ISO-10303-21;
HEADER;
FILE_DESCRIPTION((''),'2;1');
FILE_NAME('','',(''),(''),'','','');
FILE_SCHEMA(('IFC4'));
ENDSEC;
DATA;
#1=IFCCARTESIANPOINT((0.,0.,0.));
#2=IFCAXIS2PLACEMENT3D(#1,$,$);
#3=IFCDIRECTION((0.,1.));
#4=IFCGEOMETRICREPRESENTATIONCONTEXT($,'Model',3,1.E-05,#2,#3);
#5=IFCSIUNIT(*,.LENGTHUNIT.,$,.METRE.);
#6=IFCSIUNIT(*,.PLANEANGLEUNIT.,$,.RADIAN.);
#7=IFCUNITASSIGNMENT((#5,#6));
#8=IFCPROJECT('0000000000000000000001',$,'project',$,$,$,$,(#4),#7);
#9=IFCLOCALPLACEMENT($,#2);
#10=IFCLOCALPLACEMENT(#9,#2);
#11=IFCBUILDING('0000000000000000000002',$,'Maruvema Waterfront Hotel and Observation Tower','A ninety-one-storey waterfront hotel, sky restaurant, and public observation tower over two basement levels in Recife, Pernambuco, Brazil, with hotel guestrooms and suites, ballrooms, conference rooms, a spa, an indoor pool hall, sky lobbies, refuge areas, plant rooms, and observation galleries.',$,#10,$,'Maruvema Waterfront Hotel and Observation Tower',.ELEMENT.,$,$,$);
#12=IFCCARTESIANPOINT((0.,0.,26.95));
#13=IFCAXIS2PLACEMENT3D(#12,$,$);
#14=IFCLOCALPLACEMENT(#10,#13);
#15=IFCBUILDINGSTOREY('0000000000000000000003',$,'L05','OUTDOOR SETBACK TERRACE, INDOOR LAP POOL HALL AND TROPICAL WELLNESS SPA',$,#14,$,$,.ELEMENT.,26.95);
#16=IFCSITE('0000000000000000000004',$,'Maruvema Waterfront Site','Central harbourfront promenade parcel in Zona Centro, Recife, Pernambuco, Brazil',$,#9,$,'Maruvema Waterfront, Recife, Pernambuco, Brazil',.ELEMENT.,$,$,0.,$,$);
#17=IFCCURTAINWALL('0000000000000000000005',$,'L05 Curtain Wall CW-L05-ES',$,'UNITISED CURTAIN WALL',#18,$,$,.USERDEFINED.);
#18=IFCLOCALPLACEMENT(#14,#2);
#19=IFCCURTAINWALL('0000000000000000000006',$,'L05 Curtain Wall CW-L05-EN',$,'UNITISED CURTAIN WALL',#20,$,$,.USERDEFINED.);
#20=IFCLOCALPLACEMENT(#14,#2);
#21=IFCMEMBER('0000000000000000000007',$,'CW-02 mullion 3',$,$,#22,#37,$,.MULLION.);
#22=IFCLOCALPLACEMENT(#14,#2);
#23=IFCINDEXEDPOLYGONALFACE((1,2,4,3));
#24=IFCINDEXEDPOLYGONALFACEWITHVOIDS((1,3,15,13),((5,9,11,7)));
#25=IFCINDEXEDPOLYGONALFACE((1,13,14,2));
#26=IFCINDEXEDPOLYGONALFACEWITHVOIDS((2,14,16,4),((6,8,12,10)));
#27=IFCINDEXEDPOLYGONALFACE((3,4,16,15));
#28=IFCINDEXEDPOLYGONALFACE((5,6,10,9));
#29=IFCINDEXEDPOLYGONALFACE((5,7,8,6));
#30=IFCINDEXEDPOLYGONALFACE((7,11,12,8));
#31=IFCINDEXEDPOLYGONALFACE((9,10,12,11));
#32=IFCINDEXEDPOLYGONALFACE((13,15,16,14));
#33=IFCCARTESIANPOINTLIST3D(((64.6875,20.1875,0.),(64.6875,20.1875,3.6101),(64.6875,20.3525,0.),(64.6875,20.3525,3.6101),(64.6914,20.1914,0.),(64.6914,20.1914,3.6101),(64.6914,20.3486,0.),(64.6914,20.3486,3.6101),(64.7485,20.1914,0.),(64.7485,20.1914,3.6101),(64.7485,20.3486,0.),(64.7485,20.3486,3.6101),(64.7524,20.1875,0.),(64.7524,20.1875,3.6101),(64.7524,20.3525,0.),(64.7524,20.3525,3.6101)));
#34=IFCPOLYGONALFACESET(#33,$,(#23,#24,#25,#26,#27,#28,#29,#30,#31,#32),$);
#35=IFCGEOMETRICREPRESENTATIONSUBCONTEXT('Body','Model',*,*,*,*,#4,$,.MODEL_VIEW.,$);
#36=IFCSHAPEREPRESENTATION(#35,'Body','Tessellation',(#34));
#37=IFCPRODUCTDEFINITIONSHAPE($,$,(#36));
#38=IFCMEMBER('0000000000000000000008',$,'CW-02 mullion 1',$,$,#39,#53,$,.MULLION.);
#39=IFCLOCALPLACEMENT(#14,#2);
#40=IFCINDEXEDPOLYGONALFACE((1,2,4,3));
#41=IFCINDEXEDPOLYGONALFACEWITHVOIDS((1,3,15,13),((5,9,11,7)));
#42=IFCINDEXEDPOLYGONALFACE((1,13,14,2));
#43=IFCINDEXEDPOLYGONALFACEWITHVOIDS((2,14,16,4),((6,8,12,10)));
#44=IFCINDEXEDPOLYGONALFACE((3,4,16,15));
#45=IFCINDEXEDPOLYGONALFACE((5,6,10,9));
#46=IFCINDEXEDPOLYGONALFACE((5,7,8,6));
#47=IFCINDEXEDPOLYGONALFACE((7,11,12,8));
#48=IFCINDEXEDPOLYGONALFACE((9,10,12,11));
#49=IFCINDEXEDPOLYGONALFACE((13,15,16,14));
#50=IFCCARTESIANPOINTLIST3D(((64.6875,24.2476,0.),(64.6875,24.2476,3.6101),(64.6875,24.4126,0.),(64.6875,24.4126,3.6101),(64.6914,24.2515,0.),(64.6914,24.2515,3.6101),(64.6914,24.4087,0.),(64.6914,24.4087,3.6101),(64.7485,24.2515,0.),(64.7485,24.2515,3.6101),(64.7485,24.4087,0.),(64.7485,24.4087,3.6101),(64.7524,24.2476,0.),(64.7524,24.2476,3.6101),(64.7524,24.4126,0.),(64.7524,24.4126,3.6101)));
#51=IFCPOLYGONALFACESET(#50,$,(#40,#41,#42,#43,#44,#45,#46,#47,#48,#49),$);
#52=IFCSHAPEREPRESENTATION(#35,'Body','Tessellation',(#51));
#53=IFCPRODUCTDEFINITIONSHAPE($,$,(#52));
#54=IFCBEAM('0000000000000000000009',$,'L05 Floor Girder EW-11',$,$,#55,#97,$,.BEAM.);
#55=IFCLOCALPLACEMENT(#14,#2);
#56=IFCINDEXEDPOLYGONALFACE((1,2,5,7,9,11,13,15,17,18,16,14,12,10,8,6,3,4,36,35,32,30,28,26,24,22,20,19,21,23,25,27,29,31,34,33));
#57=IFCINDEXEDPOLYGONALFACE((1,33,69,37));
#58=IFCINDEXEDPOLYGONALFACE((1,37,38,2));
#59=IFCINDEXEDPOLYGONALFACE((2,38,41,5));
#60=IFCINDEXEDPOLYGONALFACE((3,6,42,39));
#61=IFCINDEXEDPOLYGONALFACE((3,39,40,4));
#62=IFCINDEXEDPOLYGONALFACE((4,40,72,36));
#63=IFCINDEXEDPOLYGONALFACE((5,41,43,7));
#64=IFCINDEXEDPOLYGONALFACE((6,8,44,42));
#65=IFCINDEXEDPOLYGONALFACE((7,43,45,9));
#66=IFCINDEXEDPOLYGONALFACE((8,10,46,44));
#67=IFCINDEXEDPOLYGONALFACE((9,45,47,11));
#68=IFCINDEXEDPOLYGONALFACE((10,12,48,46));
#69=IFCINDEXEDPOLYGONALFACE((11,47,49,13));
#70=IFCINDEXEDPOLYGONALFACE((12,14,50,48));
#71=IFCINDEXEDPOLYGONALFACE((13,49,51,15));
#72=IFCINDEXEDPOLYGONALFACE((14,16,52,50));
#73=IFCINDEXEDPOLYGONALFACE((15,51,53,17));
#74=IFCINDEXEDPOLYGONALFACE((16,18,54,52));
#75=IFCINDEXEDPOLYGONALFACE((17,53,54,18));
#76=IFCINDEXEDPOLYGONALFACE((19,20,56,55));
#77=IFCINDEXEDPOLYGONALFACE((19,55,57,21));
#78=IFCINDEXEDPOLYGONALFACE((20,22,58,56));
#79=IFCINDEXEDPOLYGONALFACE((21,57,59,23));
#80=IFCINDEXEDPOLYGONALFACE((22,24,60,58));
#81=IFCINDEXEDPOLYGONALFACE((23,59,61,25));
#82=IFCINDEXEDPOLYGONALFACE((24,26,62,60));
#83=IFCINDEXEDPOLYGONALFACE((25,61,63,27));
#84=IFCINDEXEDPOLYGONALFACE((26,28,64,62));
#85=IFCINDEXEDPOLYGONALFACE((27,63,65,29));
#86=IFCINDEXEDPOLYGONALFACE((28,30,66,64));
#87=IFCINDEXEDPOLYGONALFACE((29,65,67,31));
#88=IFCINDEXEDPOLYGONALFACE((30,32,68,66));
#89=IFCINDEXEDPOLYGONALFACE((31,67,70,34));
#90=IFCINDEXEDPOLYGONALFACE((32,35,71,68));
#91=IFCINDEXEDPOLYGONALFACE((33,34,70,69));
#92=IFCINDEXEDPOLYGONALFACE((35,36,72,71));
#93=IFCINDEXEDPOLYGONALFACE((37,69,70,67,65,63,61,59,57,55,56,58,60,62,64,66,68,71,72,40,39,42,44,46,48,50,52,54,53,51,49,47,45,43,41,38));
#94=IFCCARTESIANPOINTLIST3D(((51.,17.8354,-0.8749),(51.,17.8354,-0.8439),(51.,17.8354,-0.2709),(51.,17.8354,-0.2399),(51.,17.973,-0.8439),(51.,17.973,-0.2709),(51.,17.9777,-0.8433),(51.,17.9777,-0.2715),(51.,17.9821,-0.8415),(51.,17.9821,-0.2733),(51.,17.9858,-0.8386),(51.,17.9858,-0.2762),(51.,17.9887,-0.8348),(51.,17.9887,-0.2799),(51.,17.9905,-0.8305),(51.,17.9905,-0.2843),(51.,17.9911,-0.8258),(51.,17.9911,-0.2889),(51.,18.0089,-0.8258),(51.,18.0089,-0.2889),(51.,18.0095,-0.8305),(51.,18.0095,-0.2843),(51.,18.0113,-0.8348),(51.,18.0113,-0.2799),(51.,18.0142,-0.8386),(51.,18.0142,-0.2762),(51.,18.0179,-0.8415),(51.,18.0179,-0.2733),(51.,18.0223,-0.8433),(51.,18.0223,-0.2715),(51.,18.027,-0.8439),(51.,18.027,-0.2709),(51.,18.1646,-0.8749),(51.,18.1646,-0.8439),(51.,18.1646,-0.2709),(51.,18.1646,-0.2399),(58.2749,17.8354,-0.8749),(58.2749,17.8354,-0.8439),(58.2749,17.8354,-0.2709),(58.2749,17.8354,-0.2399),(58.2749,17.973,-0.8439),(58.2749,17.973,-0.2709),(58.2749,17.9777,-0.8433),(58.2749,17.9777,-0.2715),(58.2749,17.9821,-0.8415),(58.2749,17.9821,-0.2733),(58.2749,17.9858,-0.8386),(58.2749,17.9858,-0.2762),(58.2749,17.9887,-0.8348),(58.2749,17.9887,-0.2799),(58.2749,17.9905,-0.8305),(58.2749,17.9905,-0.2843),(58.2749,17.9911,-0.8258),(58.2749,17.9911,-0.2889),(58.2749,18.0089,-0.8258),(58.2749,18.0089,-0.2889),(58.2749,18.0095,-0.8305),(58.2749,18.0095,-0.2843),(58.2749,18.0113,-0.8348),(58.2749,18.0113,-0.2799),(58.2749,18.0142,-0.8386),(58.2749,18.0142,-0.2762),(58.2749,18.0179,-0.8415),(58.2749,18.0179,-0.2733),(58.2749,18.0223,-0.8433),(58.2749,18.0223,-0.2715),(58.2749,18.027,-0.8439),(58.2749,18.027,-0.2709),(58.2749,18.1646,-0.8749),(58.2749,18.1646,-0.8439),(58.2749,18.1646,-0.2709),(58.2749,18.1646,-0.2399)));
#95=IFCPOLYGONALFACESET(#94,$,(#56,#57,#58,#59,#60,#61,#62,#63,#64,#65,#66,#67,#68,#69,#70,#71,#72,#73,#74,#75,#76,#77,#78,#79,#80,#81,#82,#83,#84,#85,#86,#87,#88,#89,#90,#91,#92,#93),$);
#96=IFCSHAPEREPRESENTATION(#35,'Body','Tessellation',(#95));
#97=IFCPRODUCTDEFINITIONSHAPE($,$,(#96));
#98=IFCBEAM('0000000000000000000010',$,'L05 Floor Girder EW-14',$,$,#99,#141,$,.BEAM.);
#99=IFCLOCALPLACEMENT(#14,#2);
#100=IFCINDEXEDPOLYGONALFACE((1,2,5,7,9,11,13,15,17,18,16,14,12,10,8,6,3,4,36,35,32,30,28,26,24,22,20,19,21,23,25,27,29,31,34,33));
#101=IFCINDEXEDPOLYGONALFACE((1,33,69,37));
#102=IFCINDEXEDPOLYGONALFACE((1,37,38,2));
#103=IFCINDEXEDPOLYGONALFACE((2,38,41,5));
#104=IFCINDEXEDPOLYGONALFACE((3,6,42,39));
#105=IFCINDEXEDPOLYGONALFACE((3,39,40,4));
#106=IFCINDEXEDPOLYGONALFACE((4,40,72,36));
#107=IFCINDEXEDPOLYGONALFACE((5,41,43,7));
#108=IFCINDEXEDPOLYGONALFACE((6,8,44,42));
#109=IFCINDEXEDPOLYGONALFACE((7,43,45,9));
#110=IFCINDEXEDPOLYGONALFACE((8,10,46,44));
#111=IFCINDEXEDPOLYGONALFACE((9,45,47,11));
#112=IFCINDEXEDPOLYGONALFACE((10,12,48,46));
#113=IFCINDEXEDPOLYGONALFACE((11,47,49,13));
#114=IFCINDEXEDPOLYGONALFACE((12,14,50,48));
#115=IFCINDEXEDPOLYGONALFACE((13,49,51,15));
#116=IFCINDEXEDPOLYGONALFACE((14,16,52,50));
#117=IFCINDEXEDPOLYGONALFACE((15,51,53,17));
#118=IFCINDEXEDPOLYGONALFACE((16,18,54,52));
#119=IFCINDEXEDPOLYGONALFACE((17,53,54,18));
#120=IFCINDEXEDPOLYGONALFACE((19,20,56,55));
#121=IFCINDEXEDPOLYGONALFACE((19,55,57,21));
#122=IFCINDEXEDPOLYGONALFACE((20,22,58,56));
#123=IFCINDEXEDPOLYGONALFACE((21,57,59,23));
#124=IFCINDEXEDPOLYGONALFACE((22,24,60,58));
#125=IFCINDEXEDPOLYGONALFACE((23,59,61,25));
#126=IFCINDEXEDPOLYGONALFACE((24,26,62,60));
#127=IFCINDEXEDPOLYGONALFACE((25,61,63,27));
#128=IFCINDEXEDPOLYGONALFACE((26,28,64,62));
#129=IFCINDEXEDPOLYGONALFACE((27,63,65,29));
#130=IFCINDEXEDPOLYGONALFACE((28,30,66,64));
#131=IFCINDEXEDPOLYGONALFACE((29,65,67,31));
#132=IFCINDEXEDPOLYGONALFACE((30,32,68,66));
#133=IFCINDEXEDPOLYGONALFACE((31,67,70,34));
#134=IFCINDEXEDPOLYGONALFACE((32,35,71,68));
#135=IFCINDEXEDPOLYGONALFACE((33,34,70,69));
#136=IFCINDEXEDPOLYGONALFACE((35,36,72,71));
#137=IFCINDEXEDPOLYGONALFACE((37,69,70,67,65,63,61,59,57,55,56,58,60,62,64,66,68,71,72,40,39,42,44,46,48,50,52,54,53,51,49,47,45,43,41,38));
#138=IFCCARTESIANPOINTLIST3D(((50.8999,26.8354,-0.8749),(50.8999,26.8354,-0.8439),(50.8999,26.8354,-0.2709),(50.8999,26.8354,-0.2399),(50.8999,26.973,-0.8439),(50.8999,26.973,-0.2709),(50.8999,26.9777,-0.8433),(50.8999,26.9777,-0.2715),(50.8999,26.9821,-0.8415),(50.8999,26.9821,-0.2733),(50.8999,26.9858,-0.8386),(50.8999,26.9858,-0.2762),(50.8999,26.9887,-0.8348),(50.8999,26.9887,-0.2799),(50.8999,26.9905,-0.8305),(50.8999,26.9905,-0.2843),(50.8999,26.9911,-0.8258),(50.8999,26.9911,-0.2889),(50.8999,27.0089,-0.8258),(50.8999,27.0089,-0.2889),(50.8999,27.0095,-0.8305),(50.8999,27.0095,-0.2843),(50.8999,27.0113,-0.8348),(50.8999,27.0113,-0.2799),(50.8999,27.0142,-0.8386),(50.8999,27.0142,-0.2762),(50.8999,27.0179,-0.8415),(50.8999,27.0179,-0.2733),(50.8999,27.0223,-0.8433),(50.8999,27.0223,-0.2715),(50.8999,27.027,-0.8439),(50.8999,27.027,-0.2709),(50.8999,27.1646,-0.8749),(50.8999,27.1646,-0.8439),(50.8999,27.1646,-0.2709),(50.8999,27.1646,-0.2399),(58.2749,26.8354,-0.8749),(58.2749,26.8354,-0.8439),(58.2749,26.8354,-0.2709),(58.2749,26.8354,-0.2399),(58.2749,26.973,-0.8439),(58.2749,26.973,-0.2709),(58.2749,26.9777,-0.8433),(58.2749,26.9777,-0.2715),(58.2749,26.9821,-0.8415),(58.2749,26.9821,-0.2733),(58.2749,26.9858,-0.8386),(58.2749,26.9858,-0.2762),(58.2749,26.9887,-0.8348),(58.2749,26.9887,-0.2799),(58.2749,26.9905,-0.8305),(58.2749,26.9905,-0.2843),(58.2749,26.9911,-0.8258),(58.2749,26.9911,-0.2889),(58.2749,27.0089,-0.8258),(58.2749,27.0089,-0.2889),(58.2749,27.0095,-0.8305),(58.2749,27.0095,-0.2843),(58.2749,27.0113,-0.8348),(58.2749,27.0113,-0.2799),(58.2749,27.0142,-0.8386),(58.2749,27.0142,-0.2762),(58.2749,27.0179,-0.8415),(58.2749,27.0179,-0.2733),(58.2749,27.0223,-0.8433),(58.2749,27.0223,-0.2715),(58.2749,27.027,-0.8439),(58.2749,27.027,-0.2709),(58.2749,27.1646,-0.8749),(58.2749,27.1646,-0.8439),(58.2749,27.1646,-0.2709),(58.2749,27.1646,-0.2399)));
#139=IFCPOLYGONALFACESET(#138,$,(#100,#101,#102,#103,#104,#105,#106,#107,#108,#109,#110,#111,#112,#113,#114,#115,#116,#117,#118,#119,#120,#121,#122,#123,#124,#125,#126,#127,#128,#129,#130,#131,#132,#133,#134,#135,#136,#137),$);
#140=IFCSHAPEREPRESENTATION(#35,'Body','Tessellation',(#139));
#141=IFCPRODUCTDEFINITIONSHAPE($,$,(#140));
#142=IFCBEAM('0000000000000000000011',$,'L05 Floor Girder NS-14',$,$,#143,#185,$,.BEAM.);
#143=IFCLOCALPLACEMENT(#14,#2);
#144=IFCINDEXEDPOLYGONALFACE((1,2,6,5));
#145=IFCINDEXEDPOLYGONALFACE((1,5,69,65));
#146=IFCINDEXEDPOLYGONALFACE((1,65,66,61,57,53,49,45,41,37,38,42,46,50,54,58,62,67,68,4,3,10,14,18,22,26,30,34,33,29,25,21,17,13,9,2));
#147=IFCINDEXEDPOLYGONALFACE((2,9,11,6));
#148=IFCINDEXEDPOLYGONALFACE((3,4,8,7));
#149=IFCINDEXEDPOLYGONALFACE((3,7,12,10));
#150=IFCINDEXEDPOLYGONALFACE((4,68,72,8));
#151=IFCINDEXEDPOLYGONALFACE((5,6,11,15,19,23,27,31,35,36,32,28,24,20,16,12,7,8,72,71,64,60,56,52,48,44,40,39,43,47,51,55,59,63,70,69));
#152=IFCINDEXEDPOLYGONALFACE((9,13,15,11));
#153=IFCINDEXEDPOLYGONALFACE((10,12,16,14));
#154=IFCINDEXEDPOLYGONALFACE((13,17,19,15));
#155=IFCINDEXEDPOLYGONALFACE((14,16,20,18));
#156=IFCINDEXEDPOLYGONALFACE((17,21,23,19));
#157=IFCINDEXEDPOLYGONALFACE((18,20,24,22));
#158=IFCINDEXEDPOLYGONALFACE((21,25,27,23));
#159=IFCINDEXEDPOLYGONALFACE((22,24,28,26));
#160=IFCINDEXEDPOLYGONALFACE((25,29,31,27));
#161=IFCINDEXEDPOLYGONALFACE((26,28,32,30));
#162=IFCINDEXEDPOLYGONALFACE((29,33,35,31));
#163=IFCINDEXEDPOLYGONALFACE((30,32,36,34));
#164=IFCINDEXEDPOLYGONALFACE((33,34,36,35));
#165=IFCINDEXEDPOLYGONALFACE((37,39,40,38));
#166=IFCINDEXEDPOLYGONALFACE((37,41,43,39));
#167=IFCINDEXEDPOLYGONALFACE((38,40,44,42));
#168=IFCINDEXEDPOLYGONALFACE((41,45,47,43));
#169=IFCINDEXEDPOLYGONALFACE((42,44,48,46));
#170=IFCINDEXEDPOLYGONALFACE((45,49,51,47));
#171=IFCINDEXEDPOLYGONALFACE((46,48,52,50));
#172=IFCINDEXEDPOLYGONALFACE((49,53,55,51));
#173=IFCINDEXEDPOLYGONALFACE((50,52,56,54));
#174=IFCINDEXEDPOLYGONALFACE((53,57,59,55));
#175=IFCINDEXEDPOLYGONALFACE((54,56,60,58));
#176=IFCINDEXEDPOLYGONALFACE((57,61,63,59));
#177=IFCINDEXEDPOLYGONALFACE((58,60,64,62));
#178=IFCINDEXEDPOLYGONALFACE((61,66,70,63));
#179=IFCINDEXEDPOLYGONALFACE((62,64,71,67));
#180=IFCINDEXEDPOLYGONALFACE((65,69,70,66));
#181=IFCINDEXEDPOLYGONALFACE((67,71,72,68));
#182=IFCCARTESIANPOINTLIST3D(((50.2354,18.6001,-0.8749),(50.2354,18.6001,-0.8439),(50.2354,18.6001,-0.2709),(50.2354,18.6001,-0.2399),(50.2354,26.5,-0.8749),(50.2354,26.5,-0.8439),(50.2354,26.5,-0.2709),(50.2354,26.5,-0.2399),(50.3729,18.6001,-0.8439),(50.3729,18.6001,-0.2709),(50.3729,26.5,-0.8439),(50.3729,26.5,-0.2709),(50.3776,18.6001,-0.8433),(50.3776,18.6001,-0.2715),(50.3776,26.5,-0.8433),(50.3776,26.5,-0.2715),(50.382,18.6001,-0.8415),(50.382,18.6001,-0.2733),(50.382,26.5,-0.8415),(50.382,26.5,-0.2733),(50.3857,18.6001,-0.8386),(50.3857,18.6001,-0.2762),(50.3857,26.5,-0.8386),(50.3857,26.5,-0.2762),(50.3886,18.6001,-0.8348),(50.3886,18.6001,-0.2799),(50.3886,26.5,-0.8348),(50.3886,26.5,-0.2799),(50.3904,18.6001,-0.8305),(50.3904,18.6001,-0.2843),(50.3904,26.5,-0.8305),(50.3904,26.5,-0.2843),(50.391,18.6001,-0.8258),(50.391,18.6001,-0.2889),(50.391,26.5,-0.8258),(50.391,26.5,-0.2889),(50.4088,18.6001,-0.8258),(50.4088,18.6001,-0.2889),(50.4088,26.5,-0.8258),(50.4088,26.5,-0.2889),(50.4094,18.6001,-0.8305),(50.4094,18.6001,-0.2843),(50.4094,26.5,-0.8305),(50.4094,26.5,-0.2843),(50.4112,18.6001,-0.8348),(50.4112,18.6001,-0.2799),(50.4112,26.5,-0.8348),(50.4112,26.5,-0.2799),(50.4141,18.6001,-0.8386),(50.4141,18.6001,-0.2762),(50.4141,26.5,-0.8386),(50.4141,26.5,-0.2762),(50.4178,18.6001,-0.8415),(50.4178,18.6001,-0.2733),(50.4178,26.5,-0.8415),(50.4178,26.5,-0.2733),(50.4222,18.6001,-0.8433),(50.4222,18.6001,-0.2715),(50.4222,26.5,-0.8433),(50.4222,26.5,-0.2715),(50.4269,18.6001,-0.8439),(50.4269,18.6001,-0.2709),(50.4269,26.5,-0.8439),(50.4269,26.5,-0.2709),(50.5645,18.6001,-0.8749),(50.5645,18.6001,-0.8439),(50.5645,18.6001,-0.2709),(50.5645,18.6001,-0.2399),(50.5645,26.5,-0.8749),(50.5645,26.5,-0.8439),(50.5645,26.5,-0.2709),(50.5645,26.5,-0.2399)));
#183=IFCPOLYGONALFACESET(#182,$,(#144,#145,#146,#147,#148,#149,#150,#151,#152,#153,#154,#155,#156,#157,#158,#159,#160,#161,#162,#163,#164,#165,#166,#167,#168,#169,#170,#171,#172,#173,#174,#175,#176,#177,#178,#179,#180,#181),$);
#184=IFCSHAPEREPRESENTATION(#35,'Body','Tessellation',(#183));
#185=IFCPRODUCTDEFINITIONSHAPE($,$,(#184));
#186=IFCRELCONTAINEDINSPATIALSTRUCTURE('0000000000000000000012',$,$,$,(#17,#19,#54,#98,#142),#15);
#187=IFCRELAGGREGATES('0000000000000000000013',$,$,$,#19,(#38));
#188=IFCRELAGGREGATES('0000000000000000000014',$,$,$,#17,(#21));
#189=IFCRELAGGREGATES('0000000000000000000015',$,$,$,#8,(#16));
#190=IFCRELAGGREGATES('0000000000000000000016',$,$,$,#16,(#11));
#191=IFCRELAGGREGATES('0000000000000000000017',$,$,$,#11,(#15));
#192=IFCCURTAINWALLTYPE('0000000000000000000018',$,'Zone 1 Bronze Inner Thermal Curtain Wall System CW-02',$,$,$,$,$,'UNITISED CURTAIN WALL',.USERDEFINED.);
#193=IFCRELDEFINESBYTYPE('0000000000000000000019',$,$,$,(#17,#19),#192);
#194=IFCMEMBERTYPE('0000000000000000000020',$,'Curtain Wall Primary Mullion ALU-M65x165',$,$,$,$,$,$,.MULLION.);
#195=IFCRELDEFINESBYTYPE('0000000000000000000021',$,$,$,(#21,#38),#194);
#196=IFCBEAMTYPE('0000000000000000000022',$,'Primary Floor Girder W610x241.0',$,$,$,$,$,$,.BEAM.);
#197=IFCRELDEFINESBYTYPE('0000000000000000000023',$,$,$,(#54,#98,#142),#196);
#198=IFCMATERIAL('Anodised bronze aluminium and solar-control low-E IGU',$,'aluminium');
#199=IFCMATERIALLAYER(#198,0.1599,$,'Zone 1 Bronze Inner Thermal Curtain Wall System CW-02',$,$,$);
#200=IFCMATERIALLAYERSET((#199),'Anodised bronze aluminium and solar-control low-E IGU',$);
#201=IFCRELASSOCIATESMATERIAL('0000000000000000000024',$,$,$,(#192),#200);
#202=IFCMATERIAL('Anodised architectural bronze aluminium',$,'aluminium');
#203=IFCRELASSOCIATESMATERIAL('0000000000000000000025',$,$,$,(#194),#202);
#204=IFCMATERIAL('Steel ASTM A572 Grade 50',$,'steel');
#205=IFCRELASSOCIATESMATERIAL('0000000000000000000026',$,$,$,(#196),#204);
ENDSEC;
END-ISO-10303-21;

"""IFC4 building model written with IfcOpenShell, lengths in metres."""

from ifc_helpers import new_model, si_unit, direction, frame, origin, origin_2d, place, context, subcontext, project, spatial, hollow_rectangle, i_section, extrude, material, layer, layer_set, material_profile, profile_set, type_object, element, aggregate, save


model = new_model("IFC4")

# Units and contexts
model_context = context("Model", 3, precision=1e-05, world=origin(), true_north=direction((0.0, 1.0)))
body_context = subcontext(model_context, "Body", "Model", "MODEL_VIEW")
ifc_project = project(units=[si_unit("LENGTHUNIT", "METRE"), si_unit("PLANEANGLEUNIT", "RADIAN")], contexts=[model_context])

# Site, building, storey
site_placement = place(None, origin())
site = spatial("IfcSite", under=ifc_project, at=site_placement, Name="Maruvema Waterfront Site", Description="Central harbourfront promenade parcel in Zona Centro, Recife, Pernambuco, Brazil", LongName="Maruvema Waterfront, Recife, Pernambuco, Brazil", CompositionType="ELEMENT", RefElevation=0.0)
building_placement = place(site_placement, origin())
building = spatial("IfcBuilding", under=site, at=building_placement, Name="Maruvema Waterfront Hotel and Observation Tower", Description="A ninety-one-storey waterfront hotel, sky restaurant, and public observation tower over two basement levels in Recife, Pernambuco, Brazil, with hotel guestrooms and suites, ballrooms, conference rooms, a spa, an indoor pool hall, sky lobbies, refuge areas, plant rooms, and observation galleries.", LongName="Maruvema Waterfront Hotel and Observation Tower", CompositionType="ELEMENT")
storey_placement = place(building_placement, frame((0.0, 0.0, 26.95)))
storey = spatial("IfcBuildingStorey", under=building, at=storey_placement, Name="L05", Description="OUTDOOR SETBACK TERRACE, INDOOR LAP POOL HALL AND TROPICAL WELLNESS SPA", CompositionType="ELEMENT", Elevation=26.95)

# Curtain walls
ifc_material_1 = material(Name="Anodised bronze aluminium and solar-control low-E IGU", Category="aluminium")
ifc_layer_1 = layer(ifc_material_1, 0.1599, Name="Zone 1 Bronze Inner Thermal Curtain Wall System CW-02")
ifc_layer_set_1 = layer_set([ifc_layer_1], Name="Anodised bronze aluminium and solar-control low-E IGU")
curtain_wall_type = type_object("IfcCurtainWallType", Name="Zone 1 Bronze Inner Thermal Curtain Wall System CW-02", ElementType="UNITISED CURTAIN WALL", PredefinedType="USERDEFINED", material=ifc_layer_set_1)
curtain_wall_1_placement = place(storey_placement, origin())
curtain_wall_1 = element("IfcCurtainWall", 1, at=curtain_wall_1_placement, inside=storey, type_object=curtain_wall_type, Name="L05 Curtain Wall CW-L05-ES", ObjectType="UNITISED CURTAIN WALL", PredefinedType="USERDEFINED")
curtain_wall_2_placement = place(storey_placement, origin())
curtain_wall_2 = element("IfcCurtainWall", 2, at=curtain_wall_2_placement, inside=storey, type_object=curtain_wall_type, Name="L05 Curtain Wall CW-L05-EN", ObjectType="UNITISED CURTAIN WALL", PredefinedType="USERDEFINED")

# Members
ifc_material_2 = material(Name="Anodised architectural bronze aluminium", Category="aluminium")
ifc_material_profile_1 = material_profile(ifc_material_2, hollow_rectangle(XDim=0.0649, YDim=0.165, WallThickness=0.0039, at=origin_2d()), Name="ALU-M65x165")
ifc_profile_set_1 = profile_set([ifc_material_profile_1], Name="Anodised architectural bronze aluminium")
member_type_1 = type_object("IfcMemberType", Name="Curtain Wall Primary Mullion ALU-M65x165", PredefinedType="MULLION", material=ifc_profile_set_1)
member_1_placement = place(storey_placement, frame((64.72, 20.27, 0.0), z_axis=(0.0, 0.0, 1.0), x_axis=(-1.0, 0.0, 0.0)))
member_1 = element("IfcMember", 3, at=member_1_placement, type_object=member_type_1, Name="CW-02 mullion 3", PredefinedType="MULLION", context=body_context, shape_type="SweptSolid", body=[
    extrude(hollow_rectangle(XDim=0.0649, YDim=0.165, WallThickness=0.0039, at=origin_2d()), origin(), (0.0, 0.0, 1.0), 3.6101),
])
member_2_placement = place(storey_placement, frame((64.72, 24.3301, 0.0), z_axis=(0.0, 0.0, 1.0), x_axis=(-1.0, 0.0, 0.0)))
member_2 = element("IfcMember", 4, at=member_2_placement, type_object=member_type_1, Name="CW-02 mullion 1", PredefinedType="MULLION", context=body_context, shape_type="SweptSolid", body=[
    extrude(hollow_rectangle(XDim=0.0649, YDim=0.165, WallThickness=0.0039, at=origin_2d()), origin(), (0.0, 0.0, 1.0), 3.6101),
])
aggregate(curtain_wall_2, [member_2])

# Beams
ifc_material_3 = material(Name="Steel ASTM A572 Grade 50", Category="steel")
ifc_material_profile_2 = material_profile(ifc_material_3, i_section(OverallWidth=0.3291, OverallDepth=0.635, WebThickness=0.0178, FlangeThickness=0.031, FilletRadius=0.0181, at=origin_2d()), Name="W610x241.0")
ifc_profile_set_2 = profile_set([ifc_material_profile_2], Name="Steel ASTM A572 Grade 50")
beam_type_1 = type_object("IfcBeamType", Name="Primary Floor Girder W610x241.0", PredefinedType="BEAM", material=ifc_profile_set_2)
beam_1_placement = place(storey_placement, frame((51.0, 18.0, -0.5574), z_axis=(1.0, 0.0, 0.0), x_axis=(0.0, 1.0, 0.0)))
element("IfcBeam", 5, at=beam_1_placement, inside=storey, type_object=beam_type_1, Name="L05 Floor Girder EW-11", PredefinedType="BEAM", context=body_context, shape_type="SweptSolid", body=[
    extrude(i_section(OverallWidth=0.3291, OverallDepth=0.635, WebThickness=0.0178, FlangeThickness=0.031, FilletRadius=0.0181, at=origin_2d()), origin(), (0.0, 0.0, 1.0), 7.2749),
])
beam_2_placement = place(storey_placement, frame((50.8999, 27.0, -0.5574), z_axis=(1.0, 0.0, 0.0), x_axis=(0.0, 1.0, 0.0)))
element("IfcBeam", 6, at=beam_2_placement, inside=storey, type_object=beam_type_1, Name="L05 Floor Girder EW-14", PredefinedType="BEAM", context=body_context, shape_type="SweptSolid", body=[
    extrude(i_section(OverallWidth=0.3291, OverallDepth=0.635, WebThickness=0.0178, FlangeThickness=0.031, FilletRadius=0.0181, at=origin_2d()), origin(), (0.0, 0.0, 1.0), 7.375),
])
beam_3_placement = place(storey_placement, frame((50.3999, 18.6001, -0.5574), z_axis=(0.0, 1.0, 0.0), x_axis=(-1.0, 0.0, 0.0)))
element("IfcBeam", 7, at=beam_3_placement, inside=storey, type_object=beam_type_1, Name="L05 Floor Girder NS-14", PredefinedType="BEAM", context=body_context, shape_type="SweptSolid", body=[
    extrude(i_section(OverallWidth=0.3291, OverallDepth=0.635, WebThickness=0.0178, FlangeThickness=0.031, FilletRadius=0.0181, at=origin_2d()), origin(), (0.0, 0.0, 1.0), 7.8999),
])

aggregate(curtain_wall_1, [member_1])

save(model, "model.ifc")
